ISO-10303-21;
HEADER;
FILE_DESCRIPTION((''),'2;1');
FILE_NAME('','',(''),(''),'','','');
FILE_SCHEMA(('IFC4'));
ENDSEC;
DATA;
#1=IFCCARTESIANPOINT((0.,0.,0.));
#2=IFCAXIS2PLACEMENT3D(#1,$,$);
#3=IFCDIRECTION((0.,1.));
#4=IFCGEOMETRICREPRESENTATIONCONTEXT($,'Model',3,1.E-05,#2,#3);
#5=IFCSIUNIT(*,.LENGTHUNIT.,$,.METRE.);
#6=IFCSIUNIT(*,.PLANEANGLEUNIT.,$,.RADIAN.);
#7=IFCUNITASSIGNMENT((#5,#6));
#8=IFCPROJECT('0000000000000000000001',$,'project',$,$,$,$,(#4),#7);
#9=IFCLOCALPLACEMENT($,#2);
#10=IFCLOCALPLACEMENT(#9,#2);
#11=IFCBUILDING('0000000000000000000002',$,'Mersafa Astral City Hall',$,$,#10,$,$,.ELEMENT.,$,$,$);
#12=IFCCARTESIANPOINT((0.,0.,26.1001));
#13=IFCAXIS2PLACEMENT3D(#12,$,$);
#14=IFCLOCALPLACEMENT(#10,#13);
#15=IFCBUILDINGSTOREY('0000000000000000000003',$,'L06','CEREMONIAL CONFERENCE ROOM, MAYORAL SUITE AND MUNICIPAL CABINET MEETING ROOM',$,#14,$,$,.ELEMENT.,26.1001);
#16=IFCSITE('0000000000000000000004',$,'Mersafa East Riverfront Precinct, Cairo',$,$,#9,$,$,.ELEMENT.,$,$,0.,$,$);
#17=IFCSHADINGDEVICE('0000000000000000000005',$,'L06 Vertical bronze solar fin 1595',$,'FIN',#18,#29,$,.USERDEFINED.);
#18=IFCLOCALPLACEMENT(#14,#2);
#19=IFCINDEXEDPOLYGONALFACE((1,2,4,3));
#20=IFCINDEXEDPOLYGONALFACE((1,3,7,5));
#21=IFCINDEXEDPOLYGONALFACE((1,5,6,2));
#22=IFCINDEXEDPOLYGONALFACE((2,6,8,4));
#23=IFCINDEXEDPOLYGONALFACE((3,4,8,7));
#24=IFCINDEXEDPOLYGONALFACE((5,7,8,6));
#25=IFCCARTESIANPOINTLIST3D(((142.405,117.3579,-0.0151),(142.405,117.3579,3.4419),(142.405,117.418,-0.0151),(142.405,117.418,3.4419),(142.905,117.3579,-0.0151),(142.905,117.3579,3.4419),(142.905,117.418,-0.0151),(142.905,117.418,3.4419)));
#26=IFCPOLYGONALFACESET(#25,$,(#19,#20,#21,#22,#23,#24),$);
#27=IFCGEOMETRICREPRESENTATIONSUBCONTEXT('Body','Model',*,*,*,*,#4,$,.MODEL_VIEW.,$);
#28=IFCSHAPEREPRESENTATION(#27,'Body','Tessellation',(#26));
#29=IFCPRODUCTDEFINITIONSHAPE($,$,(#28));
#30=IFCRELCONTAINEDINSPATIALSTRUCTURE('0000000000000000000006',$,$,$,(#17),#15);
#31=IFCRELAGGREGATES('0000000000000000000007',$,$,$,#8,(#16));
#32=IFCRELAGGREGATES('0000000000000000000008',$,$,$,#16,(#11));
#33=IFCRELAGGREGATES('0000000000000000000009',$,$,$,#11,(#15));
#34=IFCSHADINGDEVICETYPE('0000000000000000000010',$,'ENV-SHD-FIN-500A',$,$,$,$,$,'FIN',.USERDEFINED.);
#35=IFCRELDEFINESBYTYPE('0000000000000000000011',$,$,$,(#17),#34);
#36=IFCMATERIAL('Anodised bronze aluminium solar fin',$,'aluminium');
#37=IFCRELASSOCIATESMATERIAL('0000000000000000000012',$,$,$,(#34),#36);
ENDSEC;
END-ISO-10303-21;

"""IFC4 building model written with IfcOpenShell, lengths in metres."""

from ifc_helpers import new_model, si_unit, direction, frame, origin, origin_2d, place, context, subcontext, project, spatial, rectangle, extrude, material, type_object, element, save


model = new_model("IFC4")

# Units and contexts
model_context = context("Model", 3, precision=1e-05, world=origin(), true_north=direction((0.0, 1.0)))
body_context = subcontext(model_context, "Body", "Model", "MODEL_VIEW")
ifc_project = project(units=[si_unit("LENGTHUNIT", "METRE"), si_unit("PLANEANGLEUNIT", "RADIAN")], contexts=[model_context])

# Site, building, storey
site_placement = place(None, origin())
site = spatial("IfcSite", under=ifc_project, at=site_placement, Name="Mersafa East Riverfront Precinct, Cairo", CompositionType="ELEMENT", RefElevation=0.0)
building_placement = place(site_placement, origin())
building = spatial("IfcBuilding", under=site, at=building_placement, Name="Mersafa Astral City Hall", CompositionType="ELEMENT")
storey_placement = place(building_placement, frame((0.0, 0.0, 26.1001)))
storey = spatial("IfcBuildingStorey", under=building, at=storey_placement, Name="L06", Description="CEREMONIAL CONFERENCE ROOM, MAYORAL SUITE AND MUNICIPAL CABINET MEETING ROOM", CompositionType="ELEMENT", Elevation=26.1001)

# Shading device
ifc_material_1 = material(Name="Anodised bronze aluminium solar fin", Category="aluminium")
shading_device_type = type_object("IfcShadingDeviceType", Name="ENV-SHD-FIN-500A", ElementType="FIN", PredefinedType="USERDEFINED", material=ifc_material_1)
shading_device_placement = place(storey_placement, frame((142.655, 117.3879, -0.0151), z_axis=(0.0, 0.0, 1.0), x_axis=(0.0, -1.0, 0.0)))
element("IfcShadingDevice", 1, at=shading_device_placement, inside=storey, type_object=shading_device_type, Name="L06 Vertical bronze solar fin 1595", ObjectType="FIN", PredefinedType="USERDEFINED", context=body_context, shape_type="SweptSolid", body=[
    extrude(rectangle(XDim=0.0601, YDim=0.5, at=origin_2d()), origin(), (0.0, 0.0, 1.0), 3.457),
])

save(model, "model.ifc")
